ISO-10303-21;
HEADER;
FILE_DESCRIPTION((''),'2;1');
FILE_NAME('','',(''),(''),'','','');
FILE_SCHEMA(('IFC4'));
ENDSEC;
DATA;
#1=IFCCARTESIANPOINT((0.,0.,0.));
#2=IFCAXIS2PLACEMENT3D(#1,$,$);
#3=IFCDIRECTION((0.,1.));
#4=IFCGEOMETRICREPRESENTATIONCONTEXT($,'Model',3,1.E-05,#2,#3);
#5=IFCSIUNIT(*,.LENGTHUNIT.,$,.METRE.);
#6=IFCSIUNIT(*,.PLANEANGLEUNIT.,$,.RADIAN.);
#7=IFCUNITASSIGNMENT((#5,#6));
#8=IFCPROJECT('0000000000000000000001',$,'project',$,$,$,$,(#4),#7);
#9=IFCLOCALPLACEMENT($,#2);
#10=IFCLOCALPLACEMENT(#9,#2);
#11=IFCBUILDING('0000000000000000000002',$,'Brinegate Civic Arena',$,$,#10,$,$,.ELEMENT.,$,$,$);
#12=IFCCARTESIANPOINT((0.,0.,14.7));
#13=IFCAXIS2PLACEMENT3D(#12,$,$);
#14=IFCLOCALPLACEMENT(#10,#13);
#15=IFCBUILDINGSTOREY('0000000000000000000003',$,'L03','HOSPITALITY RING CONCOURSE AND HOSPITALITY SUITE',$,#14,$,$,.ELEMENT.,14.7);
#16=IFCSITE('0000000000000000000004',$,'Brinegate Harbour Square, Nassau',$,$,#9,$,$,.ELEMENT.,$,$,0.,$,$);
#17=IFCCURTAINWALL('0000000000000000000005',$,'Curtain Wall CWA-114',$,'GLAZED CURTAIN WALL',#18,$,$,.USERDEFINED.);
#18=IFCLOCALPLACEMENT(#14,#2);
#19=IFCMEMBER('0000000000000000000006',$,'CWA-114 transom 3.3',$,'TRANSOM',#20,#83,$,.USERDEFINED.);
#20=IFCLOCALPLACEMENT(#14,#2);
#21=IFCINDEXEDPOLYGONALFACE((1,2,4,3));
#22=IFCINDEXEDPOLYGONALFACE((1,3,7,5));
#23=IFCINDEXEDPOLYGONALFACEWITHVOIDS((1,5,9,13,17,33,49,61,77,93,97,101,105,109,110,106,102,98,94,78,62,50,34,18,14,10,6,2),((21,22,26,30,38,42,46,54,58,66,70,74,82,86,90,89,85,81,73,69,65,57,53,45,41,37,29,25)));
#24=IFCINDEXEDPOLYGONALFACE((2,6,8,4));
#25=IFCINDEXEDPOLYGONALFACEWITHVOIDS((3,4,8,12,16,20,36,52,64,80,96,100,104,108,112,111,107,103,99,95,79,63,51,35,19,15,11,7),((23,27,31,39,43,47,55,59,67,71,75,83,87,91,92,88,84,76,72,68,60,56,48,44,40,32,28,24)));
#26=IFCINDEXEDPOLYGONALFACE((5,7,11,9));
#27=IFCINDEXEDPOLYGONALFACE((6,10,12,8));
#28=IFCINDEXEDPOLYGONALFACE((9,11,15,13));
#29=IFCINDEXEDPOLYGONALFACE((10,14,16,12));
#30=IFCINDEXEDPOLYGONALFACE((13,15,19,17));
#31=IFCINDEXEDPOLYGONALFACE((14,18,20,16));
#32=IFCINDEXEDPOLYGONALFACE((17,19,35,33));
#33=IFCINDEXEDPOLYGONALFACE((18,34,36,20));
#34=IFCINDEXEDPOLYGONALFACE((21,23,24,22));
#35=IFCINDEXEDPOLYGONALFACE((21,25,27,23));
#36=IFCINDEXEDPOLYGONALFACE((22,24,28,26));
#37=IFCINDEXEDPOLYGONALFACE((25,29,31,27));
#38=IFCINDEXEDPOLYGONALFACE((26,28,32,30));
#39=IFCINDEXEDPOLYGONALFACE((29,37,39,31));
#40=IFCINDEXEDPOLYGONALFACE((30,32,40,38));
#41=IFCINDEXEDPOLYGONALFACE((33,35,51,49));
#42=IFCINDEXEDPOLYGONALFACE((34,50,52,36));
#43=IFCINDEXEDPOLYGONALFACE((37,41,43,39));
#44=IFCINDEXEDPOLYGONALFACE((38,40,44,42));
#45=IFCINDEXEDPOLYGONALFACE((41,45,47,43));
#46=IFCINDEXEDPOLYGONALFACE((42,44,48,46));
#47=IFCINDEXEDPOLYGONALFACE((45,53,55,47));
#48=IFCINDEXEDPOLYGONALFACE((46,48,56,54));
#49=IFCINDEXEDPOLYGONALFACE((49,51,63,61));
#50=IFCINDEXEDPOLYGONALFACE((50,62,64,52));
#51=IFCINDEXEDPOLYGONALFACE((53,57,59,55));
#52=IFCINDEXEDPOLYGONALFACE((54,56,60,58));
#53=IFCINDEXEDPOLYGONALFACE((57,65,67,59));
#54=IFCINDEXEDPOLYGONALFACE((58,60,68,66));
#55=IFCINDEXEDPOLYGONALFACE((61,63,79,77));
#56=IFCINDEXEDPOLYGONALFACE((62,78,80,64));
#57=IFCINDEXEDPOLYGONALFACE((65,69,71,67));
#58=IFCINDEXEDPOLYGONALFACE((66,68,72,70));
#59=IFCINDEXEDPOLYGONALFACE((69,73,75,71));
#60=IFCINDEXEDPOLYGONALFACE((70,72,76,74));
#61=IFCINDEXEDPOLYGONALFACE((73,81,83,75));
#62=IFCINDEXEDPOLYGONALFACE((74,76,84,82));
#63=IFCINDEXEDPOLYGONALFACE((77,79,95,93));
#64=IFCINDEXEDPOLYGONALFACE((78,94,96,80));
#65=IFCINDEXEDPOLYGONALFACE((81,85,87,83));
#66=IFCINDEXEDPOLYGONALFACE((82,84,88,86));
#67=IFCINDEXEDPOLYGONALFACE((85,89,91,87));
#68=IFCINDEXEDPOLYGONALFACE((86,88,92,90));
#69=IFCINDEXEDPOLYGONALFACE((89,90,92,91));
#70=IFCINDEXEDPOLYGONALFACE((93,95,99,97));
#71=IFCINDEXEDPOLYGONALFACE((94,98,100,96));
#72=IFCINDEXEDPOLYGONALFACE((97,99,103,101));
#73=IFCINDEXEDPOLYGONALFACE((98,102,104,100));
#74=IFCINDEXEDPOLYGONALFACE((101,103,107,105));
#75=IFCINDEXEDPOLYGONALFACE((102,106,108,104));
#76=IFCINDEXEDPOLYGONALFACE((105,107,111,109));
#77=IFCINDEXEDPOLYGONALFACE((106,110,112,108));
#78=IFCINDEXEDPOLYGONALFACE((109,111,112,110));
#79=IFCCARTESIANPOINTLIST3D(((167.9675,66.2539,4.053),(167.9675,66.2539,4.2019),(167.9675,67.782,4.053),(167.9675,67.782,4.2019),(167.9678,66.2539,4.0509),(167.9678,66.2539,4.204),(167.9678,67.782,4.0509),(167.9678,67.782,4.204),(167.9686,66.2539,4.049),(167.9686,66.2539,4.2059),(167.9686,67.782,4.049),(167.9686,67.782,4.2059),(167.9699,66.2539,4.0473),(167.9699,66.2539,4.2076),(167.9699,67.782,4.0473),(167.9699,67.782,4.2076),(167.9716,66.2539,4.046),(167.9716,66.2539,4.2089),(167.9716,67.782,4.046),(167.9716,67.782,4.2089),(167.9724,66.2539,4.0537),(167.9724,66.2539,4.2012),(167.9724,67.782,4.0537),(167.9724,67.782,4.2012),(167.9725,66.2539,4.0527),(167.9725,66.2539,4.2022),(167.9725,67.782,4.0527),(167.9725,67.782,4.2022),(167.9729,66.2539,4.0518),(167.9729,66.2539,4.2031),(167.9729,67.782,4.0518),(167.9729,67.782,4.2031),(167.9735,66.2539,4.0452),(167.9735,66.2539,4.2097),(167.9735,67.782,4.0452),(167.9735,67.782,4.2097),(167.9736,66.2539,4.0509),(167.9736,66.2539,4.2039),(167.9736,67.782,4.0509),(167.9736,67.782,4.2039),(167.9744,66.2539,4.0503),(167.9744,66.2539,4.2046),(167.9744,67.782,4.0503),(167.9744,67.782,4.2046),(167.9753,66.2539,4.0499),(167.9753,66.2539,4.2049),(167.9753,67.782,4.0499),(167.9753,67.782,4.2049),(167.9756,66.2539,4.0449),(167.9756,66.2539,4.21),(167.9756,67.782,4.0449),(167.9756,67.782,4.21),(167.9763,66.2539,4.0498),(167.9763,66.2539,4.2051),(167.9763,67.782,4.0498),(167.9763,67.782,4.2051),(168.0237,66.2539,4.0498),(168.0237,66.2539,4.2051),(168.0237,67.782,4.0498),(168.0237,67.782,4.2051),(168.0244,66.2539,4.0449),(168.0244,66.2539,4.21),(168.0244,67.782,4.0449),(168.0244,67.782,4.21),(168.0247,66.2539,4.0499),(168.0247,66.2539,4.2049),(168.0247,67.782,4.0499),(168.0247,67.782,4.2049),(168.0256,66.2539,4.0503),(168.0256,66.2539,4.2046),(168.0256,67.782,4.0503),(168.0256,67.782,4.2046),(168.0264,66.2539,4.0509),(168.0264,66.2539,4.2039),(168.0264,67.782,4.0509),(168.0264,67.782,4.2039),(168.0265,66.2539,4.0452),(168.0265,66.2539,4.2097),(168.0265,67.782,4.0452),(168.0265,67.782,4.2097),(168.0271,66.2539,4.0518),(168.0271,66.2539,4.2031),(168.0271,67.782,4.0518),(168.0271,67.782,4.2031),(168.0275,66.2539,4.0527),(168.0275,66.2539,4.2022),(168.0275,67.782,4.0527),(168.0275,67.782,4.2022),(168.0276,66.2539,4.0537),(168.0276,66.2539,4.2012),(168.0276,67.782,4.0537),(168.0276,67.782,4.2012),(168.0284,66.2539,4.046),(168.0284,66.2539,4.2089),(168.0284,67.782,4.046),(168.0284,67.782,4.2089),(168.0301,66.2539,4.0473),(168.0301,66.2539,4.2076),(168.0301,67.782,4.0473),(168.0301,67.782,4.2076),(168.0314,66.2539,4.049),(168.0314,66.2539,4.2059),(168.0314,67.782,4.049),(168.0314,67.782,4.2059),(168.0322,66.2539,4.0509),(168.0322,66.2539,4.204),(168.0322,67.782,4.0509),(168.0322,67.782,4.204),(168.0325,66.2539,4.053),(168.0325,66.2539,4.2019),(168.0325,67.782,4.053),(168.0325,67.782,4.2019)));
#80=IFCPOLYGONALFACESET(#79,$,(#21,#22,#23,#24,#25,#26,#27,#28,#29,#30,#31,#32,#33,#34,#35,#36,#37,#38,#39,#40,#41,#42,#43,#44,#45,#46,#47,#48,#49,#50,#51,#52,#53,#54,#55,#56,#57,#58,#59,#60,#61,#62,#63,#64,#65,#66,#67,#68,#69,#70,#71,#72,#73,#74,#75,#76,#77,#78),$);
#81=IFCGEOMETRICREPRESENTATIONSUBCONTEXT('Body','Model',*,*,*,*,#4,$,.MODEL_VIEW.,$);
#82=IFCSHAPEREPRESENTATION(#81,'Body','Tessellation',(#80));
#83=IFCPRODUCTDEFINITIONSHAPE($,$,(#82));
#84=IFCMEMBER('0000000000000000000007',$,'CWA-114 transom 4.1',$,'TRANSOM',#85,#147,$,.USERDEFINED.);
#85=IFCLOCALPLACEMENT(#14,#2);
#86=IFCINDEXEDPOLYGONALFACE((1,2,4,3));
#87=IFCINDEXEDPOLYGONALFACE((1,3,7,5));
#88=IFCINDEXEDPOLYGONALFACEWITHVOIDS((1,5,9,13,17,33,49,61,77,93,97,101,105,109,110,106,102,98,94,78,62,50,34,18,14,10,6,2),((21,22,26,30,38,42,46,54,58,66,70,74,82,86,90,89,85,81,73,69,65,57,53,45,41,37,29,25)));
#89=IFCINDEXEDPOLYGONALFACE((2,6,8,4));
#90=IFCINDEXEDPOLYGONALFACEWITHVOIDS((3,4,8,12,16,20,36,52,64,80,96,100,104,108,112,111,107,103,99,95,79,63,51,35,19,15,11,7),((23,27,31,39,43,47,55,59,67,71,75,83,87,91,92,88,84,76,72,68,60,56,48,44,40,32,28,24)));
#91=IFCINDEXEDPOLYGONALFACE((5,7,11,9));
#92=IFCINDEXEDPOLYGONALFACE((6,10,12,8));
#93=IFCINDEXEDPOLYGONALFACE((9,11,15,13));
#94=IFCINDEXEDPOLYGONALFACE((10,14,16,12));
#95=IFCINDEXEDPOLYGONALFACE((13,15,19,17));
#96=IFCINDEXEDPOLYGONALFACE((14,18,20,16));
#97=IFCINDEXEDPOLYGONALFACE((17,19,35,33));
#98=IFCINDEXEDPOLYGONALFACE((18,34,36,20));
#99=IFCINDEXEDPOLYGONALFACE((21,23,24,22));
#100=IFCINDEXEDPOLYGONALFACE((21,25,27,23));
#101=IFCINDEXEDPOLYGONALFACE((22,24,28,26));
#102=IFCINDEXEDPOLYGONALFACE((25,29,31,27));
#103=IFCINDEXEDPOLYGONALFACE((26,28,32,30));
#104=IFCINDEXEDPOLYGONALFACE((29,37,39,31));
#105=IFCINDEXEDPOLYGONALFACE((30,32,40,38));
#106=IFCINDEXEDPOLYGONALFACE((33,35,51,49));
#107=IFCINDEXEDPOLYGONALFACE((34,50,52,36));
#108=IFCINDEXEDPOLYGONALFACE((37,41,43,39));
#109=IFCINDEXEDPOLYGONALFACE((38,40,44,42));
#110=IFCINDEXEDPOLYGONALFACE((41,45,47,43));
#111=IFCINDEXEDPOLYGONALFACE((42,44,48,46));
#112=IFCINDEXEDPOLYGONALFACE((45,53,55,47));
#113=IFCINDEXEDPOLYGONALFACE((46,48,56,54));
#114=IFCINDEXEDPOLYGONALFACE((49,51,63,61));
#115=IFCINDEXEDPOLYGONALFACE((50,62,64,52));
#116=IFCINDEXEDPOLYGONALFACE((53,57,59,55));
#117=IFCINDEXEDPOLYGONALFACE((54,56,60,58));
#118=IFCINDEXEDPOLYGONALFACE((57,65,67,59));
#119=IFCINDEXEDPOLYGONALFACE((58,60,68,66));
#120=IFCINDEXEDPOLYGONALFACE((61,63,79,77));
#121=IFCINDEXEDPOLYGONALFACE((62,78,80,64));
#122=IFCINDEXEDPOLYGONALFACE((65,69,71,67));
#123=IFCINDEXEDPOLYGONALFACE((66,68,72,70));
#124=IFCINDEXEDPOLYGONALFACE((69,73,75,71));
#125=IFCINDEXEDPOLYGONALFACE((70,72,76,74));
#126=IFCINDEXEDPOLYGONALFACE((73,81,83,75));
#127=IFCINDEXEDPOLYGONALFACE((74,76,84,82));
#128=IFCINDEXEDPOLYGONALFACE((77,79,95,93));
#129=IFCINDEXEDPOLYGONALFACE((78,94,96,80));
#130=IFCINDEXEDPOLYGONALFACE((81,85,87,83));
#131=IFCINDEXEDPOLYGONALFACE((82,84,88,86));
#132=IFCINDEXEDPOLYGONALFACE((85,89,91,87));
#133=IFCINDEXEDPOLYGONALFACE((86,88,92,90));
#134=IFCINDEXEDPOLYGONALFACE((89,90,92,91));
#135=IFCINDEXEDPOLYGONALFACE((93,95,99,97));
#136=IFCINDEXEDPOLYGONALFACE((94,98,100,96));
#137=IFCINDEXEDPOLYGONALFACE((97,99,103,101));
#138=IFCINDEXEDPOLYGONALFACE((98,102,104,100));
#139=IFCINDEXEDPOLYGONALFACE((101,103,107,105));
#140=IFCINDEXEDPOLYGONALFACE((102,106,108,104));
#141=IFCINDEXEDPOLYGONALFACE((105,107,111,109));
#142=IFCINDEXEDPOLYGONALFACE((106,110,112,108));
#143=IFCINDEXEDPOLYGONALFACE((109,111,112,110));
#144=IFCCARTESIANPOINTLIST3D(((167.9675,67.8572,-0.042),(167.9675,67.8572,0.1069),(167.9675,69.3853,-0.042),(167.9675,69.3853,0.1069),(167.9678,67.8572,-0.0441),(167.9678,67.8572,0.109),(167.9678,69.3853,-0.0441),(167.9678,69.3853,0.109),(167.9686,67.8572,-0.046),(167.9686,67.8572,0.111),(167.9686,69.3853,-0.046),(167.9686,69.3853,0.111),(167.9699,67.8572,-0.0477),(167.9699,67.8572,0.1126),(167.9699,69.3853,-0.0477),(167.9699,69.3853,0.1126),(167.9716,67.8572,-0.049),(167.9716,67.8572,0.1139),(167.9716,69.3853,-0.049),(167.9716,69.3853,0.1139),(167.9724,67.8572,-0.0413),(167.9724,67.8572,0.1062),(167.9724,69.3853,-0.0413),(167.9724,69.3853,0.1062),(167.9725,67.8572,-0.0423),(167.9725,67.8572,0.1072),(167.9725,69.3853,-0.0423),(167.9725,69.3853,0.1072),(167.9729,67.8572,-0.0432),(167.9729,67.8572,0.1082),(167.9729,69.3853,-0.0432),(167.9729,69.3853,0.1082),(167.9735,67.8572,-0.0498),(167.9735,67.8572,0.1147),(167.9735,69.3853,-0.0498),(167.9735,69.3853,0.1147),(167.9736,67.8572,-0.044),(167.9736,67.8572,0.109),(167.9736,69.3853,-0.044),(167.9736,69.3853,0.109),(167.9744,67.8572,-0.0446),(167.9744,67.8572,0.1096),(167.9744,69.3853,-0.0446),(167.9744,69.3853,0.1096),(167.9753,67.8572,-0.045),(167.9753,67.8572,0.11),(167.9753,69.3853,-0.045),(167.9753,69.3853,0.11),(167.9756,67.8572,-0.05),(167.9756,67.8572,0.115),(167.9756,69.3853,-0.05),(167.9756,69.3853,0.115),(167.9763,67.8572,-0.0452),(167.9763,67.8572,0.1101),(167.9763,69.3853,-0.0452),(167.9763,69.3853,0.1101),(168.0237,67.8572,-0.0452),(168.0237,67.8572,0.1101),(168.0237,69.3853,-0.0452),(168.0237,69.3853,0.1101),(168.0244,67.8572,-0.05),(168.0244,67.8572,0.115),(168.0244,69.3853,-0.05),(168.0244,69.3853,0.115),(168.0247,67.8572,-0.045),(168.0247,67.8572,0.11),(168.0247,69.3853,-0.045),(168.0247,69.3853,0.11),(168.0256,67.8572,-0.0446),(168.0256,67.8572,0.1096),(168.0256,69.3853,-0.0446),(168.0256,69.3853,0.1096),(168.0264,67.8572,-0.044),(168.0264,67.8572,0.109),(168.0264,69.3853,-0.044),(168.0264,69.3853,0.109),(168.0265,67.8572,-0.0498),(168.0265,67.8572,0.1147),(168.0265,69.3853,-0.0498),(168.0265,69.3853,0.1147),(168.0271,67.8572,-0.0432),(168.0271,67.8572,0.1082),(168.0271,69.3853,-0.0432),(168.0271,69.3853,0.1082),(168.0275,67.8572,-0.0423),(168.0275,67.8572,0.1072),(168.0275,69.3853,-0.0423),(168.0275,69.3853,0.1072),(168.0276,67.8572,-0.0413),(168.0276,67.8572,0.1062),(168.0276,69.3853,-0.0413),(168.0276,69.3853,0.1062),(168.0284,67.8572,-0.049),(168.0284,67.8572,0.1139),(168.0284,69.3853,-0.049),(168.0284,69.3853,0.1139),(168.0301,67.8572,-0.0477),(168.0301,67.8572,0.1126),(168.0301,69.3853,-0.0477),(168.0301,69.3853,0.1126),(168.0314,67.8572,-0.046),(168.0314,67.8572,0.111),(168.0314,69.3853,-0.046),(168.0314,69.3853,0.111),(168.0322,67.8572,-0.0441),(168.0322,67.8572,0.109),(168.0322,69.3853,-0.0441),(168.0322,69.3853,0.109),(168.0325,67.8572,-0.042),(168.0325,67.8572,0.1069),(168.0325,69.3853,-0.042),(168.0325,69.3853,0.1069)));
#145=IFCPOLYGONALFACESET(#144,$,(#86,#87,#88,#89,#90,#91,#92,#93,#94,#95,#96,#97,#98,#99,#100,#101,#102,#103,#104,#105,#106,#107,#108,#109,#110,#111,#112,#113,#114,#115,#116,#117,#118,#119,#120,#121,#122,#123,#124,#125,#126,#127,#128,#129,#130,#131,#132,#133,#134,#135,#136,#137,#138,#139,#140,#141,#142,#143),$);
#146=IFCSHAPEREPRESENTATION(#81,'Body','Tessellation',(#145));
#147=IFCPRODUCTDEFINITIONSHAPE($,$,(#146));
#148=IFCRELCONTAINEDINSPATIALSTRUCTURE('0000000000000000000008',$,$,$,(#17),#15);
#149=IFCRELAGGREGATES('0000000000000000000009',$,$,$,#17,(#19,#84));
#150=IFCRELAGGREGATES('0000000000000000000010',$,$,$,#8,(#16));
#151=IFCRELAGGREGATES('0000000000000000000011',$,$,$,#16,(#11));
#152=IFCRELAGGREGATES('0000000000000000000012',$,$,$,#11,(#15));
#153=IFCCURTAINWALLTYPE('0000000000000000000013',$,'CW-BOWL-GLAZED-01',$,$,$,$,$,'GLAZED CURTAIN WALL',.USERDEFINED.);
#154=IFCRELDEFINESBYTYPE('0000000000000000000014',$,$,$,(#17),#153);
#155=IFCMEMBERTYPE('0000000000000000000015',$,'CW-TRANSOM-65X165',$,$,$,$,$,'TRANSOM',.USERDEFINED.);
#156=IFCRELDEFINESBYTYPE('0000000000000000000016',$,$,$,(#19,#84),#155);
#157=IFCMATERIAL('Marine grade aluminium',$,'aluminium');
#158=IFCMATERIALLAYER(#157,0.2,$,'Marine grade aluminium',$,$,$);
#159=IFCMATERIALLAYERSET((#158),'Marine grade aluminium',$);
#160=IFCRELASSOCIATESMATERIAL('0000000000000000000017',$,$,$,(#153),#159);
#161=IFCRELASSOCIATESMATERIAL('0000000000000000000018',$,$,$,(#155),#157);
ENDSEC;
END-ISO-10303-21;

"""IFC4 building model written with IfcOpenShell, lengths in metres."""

from ifc_helpers import new_model, si_unit, direction, frame, origin, origin_2d, place, context, subcontext, project, spatial, hollow_rectangle, extrude, material, layer, layer_set, material_profile, profile_set, type_object, element, aggregate, save


model = new_model("IFC4")

# Units and contexts
model_context = context("Model", 3, precision=1e-05, world=origin(), true_north=direction((0.0, 1.0)))
body_context = subcontext(model_context, "Body", "Model", "MODEL_VIEW")
ifc_project = project(units=[si_unit("LENGTHUNIT", "METRE"), si_unit("PLANEANGLEUNIT", "RADIAN")], contexts=[model_context])

# Site, building, storey
site_placement = place(None, origin())
site = spatial("IfcSite", under=ifc_project, at=site_placement, Name="Brinegate Harbour Square, Nassau", CompositionType="ELEMENT", RefElevation=0.0)
building_placement = place(site_placement, origin())
building = spatial("IfcBuilding", under=site, at=building_placement, Name="Brinegate Civic Arena", CompositionType="ELEMENT")
storey_placement = place(building_placement, frame((0.0, 0.0, 14.7)))
storey = spatial("IfcBuildingStorey", under=building, at=storey_placement, Name="L03", Description="HOSPITALITY RING CONCOURSE AND HOSPITALITY SUITE", CompositionType="ELEMENT", Elevation=14.7)

# Curtain wall
ifc_material_1 = material(Name="Marine grade aluminium", Category="aluminium")
ifc_layer_1 = layer(ifc_material_1, 0.2, Name="Marine grade aluminium")
ifc_layer_set_1 = layer_set([ifc_layer_1], Name="Marine grade aluminium")
curtain_wall_type = type_object("IfcCurtainWallType", Name="CW-BOWL-GLAZED-01", ElementType="GLAZED CURTAIN WALL", PredefinedType="USERDEFINED", material=ifc_layer_set_1)
curtain_wall_1_placement = place(storey_placement, origin())
curtain_wall_1 = element("IfcCurtainWall", 1, at=curtain_wall_1_placement, inside=storey, type_object=curtain_wall_type, Name="Curtain Wall CWA-114", ObjectType="GLAZED CURTAIN WALL", PredefinedType="USERDEFINED")

# Members
ifc_material_profile_1 = material_profile(ifc_material_1, hollow_rectangle(XDim=0.0649, YDim=0.165, WallThickness=0.0049, InnerFilletRadius=0.0039, OuterFilletRadius=0.0081, at=origin_2d()), Name="TRN65X165")
ifc_profile_set_1 = profile_set([ifc_material_profile_1], Name="Marine grade aluminium")
member_type_1 = type_object("IfcMemberType", Name="CW-TRANSOM-65X165", ElementType="TRANSOM", PredefinedType="USERDEFINED", material=ifc_profile_set_1)
member_1_placement = place(storey_placement, frame((168.0, 66.2539, 4.1274), z_axis=(0.0, 1.0, 0.0), x_axis=(-1.0, 0.0, 0.0)))
member_1 = element("IfcMember", 2, at=member_1_placement, type_object=member_type_1, Name="CWA-114 transom 3.3", ObjectType="TRANSOM", PredefinedType="USERDEFINED", context=body_context, shape_type="SweptSolid", body=[
    extrude(hollow_rectangle(XDim=0.0649, YDim=0.165, WallThickness=0.0049, InnerFilletRadius=0.0039, OuterFilletRadius=0.0081, at=origin_2d()), origin(), (0.0, 0.0, 1.0), 1.5281),
])
member_2_placement = place(storey_placement, frame((168.0, 67.8572, 0.0325), z_axis=(0.0, 1.0, 0.0), x_axis=(-1.0, 0.0, 0.0)))
member_2 = element("IfcMember", 3, at=member_2_placement, type_object=member_type_1, Name="CWA-114 transom 4.1", ObjectType="TRANSOM", PredefinedType="USERDEFINED", context=body_context, shape_type="SweptSolid", body=[
    extrude(hollow_rectangle(XDim=0.0649, YDim=0.165, WallThickness=0.0049, InnerFilletRadius=0.0039, OuterFilletRadius=0.0081, at=origin_2d()), origin(), (0.0, 0.0, 1.0), 1.5281),
])

aggregate(curtain_wall_1, [member_1, member_2])

save(model, "model.ifc")
